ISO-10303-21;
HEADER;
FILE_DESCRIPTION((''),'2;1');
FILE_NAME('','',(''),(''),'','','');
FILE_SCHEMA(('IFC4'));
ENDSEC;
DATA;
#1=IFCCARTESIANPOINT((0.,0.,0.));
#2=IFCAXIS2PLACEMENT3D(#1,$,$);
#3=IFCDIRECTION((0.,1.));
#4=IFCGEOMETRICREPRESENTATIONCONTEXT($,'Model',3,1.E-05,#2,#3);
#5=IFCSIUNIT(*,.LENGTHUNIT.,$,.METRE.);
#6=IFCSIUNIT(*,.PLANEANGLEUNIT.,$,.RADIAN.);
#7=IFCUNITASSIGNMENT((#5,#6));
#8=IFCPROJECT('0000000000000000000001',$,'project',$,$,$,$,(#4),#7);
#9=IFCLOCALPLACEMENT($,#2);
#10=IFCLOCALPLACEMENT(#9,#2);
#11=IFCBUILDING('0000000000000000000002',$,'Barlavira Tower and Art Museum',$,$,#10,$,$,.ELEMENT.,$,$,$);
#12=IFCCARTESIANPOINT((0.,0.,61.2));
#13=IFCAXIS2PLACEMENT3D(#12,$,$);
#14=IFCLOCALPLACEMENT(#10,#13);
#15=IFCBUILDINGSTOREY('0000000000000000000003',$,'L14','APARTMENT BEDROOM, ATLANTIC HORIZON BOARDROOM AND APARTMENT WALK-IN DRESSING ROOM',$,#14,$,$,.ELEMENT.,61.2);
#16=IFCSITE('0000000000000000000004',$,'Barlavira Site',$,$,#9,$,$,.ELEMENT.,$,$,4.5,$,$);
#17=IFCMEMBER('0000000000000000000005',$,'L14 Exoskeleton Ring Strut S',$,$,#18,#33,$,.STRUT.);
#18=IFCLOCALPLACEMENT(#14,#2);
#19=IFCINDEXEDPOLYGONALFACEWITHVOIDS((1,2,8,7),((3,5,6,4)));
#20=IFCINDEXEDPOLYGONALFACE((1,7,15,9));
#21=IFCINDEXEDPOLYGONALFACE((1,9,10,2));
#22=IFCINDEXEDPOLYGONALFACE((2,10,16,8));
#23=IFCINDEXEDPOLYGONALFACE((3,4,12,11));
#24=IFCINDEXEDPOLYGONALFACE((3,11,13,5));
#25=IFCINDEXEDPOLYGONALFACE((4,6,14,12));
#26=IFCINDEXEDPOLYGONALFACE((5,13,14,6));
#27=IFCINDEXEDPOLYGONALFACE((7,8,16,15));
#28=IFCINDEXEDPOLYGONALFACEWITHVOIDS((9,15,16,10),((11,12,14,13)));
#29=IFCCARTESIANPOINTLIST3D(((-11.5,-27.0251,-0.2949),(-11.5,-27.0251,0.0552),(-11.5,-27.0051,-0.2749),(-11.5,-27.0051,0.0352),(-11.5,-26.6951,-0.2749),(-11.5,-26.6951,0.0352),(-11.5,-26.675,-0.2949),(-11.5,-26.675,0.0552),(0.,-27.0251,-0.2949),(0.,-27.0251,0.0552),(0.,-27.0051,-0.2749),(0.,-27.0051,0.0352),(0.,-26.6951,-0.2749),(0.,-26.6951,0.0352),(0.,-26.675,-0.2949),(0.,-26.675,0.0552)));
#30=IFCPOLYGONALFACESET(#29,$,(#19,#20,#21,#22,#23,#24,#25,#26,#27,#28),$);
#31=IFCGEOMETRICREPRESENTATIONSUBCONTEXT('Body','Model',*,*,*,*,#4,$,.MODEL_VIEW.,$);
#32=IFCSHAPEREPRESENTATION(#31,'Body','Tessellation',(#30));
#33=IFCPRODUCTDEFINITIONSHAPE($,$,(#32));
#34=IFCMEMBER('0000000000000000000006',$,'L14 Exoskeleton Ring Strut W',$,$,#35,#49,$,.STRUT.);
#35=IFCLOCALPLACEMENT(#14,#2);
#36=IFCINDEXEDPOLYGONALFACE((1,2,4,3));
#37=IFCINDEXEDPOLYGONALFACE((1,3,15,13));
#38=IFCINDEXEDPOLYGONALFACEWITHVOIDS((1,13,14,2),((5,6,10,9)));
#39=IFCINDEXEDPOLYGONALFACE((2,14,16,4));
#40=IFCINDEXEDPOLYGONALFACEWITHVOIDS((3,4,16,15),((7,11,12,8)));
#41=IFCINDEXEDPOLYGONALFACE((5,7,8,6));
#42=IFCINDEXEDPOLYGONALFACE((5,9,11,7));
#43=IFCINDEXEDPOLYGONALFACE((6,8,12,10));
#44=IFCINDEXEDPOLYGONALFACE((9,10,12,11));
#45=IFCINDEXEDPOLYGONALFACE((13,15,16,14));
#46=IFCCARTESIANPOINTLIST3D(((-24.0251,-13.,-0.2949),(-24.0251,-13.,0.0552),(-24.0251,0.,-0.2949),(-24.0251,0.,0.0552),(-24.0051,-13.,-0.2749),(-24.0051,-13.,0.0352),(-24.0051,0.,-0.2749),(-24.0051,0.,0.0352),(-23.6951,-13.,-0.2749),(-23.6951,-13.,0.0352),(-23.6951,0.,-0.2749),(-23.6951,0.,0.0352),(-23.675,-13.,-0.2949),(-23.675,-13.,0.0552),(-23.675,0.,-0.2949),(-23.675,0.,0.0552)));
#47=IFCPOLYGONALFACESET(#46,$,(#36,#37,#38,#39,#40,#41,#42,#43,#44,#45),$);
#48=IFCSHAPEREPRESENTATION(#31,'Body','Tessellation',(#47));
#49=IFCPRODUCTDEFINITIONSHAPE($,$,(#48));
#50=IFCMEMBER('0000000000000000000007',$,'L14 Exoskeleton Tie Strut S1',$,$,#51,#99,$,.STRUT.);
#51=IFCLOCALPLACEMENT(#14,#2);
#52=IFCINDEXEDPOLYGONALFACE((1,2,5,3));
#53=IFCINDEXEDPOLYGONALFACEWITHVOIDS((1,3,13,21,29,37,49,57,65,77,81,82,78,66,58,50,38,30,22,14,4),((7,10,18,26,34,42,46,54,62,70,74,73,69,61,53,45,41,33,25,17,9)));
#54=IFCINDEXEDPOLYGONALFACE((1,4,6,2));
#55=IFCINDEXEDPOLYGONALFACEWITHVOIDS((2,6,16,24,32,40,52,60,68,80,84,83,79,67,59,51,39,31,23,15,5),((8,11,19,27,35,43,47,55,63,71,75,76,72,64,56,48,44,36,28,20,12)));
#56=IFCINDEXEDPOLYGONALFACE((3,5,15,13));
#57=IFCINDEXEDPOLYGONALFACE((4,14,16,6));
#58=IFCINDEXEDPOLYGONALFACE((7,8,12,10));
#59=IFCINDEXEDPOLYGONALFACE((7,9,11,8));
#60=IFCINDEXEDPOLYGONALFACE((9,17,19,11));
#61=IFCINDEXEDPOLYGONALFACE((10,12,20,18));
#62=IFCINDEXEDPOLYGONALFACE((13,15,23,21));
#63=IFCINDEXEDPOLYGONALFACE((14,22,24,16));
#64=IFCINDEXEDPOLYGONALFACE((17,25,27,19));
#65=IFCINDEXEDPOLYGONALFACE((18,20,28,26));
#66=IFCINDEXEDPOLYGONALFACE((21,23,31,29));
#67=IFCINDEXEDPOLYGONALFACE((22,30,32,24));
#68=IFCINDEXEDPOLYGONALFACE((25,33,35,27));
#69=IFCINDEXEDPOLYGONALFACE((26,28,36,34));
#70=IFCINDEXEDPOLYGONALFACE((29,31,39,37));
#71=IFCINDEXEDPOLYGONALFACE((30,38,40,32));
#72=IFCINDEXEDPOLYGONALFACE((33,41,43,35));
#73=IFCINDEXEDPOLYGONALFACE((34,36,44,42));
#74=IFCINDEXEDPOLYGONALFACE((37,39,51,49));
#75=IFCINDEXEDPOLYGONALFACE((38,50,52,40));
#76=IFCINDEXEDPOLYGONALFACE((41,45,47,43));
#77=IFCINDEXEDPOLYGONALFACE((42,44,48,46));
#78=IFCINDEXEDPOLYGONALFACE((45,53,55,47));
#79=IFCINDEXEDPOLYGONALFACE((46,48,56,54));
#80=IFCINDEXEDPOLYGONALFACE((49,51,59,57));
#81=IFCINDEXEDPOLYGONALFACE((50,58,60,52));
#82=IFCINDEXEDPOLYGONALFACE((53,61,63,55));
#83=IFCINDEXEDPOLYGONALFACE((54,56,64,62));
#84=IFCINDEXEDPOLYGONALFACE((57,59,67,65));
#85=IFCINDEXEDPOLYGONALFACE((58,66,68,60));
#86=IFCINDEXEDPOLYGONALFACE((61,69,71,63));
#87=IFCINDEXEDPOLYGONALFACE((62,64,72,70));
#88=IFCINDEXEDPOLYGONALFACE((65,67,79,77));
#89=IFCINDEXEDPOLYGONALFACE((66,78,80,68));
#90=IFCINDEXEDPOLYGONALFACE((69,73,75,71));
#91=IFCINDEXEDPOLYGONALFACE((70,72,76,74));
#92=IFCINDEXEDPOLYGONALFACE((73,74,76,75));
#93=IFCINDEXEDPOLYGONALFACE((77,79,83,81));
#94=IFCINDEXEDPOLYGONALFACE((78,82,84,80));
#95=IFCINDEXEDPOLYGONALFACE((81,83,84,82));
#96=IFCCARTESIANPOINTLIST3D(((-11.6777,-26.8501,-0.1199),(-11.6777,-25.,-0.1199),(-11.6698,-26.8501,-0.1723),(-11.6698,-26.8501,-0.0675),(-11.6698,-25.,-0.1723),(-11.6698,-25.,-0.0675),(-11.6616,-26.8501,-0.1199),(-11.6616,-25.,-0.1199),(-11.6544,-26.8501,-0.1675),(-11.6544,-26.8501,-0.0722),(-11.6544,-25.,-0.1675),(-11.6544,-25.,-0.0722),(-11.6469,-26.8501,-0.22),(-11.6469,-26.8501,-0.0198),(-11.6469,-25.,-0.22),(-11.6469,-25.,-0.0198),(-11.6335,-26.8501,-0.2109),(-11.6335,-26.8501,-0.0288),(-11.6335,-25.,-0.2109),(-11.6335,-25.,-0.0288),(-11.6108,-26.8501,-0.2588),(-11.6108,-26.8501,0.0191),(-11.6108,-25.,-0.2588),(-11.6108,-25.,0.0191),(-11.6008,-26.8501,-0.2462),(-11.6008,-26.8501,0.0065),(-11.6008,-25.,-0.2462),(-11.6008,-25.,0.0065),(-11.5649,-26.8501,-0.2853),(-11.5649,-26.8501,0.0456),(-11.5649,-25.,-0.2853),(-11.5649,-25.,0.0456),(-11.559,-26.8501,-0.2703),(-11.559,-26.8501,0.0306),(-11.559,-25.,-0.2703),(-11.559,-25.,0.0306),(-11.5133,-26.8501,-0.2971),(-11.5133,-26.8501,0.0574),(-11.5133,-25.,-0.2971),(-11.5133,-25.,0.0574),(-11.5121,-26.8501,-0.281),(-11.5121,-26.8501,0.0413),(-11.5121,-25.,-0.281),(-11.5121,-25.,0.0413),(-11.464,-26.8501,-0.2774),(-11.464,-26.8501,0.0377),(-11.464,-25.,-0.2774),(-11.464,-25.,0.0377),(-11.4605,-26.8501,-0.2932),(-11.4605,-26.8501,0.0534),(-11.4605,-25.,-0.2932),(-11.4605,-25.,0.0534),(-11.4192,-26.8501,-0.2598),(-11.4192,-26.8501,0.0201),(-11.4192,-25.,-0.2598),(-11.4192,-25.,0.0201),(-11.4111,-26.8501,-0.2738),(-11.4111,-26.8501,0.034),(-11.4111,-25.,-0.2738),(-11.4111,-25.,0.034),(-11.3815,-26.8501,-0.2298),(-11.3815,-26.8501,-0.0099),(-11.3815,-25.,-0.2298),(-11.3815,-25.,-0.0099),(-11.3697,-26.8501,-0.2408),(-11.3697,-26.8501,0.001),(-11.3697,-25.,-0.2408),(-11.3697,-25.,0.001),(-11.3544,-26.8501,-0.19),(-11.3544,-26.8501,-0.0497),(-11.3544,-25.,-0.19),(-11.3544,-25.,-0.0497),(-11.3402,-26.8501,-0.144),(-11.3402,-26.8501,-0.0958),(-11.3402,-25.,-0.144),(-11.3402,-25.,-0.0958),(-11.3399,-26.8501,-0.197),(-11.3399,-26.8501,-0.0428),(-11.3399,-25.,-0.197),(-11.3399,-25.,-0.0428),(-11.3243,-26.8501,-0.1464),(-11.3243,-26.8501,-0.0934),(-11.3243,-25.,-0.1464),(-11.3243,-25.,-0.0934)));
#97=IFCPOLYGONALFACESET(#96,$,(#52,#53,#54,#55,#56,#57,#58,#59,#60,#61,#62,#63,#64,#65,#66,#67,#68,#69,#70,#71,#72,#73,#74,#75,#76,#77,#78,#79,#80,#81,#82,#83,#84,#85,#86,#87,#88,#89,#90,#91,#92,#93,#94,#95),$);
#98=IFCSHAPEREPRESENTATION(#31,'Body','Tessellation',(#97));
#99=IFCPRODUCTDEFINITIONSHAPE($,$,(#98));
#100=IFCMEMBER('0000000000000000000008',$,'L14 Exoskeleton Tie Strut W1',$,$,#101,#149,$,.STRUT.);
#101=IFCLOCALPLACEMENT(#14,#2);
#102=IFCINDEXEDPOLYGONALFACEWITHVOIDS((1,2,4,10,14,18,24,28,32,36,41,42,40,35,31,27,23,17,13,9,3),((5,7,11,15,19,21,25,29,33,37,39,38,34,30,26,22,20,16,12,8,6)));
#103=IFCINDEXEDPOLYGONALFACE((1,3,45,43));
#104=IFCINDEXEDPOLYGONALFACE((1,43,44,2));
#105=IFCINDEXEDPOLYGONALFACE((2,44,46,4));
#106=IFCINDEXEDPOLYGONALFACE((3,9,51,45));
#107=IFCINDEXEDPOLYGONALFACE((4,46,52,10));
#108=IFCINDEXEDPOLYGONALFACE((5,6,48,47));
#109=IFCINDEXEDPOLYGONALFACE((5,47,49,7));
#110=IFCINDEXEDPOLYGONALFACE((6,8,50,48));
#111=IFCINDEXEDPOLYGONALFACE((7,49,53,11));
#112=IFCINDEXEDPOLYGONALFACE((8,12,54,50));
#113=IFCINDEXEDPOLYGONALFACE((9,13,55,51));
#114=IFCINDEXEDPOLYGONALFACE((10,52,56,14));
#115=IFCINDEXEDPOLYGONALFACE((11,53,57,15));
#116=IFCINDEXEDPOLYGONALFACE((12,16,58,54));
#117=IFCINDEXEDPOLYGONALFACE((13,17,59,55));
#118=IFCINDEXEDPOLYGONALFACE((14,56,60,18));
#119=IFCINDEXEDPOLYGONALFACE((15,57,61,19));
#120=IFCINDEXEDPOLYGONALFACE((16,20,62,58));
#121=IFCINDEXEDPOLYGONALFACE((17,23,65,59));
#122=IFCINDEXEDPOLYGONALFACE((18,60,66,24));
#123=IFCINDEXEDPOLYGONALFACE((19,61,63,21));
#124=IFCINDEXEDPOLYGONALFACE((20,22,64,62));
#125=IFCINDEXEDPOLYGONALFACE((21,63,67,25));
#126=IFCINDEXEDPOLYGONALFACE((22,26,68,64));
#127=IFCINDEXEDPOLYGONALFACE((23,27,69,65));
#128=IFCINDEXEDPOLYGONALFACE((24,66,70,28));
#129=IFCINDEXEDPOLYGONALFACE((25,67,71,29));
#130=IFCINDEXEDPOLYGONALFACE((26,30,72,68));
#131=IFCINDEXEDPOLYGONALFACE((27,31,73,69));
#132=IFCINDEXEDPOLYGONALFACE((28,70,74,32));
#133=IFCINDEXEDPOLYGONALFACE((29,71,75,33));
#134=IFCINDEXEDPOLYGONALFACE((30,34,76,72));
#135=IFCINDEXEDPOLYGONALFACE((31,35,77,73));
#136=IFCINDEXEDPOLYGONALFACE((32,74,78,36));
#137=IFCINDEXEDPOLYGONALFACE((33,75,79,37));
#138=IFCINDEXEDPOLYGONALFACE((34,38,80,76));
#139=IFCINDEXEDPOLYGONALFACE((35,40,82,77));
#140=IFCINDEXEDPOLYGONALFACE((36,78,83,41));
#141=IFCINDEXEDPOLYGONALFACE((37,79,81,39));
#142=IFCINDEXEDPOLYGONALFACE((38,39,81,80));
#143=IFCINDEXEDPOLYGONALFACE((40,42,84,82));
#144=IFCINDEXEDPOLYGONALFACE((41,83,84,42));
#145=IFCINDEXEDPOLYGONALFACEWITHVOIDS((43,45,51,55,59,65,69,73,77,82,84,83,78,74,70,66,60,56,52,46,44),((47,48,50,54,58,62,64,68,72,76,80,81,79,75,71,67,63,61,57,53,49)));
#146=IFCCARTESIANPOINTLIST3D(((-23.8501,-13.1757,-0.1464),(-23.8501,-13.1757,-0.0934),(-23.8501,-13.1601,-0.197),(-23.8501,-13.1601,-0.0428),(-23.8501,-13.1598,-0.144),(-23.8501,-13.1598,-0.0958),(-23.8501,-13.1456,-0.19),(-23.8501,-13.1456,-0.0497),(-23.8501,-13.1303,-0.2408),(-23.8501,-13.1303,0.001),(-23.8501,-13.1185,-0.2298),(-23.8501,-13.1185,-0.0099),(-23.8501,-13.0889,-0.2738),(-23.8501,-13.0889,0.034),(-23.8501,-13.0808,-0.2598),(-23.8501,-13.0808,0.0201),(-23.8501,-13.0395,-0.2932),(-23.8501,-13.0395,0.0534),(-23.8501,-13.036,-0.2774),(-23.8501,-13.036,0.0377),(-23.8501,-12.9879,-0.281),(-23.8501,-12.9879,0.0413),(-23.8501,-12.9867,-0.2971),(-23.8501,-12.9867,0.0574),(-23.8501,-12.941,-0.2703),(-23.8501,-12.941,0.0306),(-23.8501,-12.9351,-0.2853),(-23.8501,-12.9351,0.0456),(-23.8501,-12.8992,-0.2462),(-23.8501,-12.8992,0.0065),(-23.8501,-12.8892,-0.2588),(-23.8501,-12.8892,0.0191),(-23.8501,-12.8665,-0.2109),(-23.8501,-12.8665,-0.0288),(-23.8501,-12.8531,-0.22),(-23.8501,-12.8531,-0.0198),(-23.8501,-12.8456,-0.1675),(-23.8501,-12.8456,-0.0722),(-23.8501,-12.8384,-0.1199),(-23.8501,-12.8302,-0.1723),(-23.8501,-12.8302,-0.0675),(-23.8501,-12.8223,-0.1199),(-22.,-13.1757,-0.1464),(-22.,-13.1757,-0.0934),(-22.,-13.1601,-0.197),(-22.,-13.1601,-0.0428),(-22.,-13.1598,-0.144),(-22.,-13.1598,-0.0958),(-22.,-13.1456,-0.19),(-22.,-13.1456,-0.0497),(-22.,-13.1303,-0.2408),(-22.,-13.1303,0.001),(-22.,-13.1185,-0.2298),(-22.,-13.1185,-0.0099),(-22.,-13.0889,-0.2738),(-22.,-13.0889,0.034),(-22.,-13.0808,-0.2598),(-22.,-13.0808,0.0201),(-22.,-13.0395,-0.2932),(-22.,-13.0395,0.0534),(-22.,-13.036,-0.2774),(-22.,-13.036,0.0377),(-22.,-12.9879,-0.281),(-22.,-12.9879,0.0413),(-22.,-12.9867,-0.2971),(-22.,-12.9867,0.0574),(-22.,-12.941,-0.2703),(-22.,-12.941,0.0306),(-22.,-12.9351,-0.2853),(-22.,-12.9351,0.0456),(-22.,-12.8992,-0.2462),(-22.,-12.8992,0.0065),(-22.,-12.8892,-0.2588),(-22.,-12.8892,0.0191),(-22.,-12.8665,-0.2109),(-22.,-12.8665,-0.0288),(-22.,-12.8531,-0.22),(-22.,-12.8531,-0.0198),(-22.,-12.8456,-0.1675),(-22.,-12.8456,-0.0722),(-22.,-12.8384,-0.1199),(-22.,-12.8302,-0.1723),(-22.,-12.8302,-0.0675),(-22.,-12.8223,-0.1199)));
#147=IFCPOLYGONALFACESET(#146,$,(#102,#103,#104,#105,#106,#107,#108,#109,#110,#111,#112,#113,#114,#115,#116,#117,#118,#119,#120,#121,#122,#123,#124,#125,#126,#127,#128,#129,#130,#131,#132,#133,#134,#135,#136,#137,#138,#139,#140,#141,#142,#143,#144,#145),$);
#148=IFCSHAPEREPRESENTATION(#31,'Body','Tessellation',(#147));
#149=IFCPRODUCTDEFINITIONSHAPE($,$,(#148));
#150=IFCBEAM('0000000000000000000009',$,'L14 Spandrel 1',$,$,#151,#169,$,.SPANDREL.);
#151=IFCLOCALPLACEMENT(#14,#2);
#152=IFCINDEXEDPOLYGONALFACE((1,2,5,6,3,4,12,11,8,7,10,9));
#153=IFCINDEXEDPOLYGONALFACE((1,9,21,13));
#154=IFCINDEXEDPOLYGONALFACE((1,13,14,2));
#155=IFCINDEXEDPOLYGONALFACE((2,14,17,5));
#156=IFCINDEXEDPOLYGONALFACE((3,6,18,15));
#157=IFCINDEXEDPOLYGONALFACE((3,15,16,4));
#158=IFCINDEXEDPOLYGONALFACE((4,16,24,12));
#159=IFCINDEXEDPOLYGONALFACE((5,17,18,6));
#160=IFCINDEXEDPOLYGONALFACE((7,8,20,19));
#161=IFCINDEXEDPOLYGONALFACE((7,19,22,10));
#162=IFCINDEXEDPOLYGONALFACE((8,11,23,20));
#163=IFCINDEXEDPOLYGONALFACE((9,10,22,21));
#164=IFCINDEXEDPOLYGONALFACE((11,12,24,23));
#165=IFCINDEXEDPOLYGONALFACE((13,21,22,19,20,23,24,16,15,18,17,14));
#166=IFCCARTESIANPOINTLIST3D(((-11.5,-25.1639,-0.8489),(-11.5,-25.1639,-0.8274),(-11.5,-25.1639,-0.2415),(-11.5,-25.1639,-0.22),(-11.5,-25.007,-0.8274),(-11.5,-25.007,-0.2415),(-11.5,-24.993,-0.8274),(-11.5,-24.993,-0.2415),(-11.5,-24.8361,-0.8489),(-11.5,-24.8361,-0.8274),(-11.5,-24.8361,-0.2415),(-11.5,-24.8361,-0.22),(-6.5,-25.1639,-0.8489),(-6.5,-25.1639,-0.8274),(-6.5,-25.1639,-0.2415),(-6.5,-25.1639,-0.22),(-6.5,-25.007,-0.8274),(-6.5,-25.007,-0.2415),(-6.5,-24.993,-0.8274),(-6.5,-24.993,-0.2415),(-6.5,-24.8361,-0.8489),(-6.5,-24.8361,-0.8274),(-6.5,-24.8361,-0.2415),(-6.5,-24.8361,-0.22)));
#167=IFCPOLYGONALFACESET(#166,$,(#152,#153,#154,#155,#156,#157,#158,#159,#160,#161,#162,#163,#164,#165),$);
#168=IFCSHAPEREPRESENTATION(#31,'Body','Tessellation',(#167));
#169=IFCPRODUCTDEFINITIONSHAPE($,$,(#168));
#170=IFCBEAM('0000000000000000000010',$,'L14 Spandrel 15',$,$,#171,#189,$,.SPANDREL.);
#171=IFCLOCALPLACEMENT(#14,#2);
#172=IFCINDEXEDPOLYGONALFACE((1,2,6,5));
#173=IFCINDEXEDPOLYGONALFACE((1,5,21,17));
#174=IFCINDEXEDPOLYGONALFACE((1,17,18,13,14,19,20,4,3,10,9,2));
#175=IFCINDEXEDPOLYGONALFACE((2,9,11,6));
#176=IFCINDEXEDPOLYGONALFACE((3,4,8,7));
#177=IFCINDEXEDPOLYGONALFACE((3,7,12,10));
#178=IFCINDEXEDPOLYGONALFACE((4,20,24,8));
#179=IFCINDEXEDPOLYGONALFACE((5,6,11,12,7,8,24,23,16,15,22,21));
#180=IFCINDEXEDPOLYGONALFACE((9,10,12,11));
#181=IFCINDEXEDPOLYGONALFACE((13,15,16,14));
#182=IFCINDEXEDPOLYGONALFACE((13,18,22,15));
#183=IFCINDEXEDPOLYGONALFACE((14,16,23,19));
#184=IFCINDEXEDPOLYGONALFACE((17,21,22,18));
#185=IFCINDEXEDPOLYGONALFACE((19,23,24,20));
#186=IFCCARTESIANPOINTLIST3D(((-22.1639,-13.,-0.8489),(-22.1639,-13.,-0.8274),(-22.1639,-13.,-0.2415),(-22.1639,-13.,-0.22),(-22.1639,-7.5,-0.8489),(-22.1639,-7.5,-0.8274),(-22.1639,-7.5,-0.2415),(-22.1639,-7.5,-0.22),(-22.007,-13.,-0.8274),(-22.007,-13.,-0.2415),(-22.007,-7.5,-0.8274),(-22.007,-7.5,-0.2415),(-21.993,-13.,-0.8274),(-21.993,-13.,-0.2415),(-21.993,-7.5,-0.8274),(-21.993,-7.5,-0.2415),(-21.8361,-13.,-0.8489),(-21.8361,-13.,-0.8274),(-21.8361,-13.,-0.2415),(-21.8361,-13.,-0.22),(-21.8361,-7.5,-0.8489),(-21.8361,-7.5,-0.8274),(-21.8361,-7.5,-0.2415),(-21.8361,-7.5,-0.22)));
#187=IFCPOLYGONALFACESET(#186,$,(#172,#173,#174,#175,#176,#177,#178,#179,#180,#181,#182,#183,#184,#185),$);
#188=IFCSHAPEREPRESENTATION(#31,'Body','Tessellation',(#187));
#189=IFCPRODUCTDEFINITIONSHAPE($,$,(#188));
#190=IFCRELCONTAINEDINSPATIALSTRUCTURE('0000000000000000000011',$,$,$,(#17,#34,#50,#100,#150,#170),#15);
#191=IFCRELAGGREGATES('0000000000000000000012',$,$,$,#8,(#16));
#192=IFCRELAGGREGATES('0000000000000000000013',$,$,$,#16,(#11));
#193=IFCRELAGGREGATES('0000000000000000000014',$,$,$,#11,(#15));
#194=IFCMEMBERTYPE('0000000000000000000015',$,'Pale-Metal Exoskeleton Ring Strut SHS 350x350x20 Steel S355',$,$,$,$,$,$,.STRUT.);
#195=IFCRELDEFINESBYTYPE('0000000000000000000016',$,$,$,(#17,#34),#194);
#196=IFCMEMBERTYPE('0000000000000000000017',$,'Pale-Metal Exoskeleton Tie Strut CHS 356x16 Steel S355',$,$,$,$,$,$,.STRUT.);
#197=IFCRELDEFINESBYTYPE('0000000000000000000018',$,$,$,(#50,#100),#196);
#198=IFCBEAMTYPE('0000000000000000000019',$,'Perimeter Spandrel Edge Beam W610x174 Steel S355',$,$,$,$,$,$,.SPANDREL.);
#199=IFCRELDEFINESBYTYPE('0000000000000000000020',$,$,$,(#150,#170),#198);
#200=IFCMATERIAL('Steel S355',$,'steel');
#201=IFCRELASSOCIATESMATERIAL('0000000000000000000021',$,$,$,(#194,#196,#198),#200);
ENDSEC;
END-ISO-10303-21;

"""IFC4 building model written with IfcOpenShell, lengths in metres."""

from ifc_helpers import new_model, si_unit, direction, frame, origin, origin_2d, place, context, subcontext, project, spatial, hollow_rectangle, hollow_circle, i_section, extrude, material, material_profile, profile_set, type_object, element, save


model = new_model("IFC4")

# Units and contexts
model_context = context("Model", 3, precision=1e-05, world=origin(), true_north=direction((0.0, 1.0)))
body_context = subcontext(model_context, "Body", "Model", "MODEL_VIEW")
ifc_project = project(units=[si_unit("LENGTHUNIT", "METRE"), si_unit("PLANEANGLEUNIT", "RADIAN")], contexts=[model_context])

# Site, building, storey
site_placement = place(None, origin())
site = spatial("IfcSite", under=ifc_project, at=site_placement, Name="Barlavira Site", CompositionType="ELEMENT", RefElevation=4.5)
building_placement = place(site_placement, origin())
building = spatial("IfcBuilding", under=site, at=building_placement, Name="Barlavira Tower and Art Museum", CompositionType="ELEMENT")
storey_placement = place(building_placement, frame((0.0, 0.0, 61.2)))
storey = spatial("IfcBuildingStorey", under=building, at=storey_placement, Name="L14", Description="APARTMENT BEDROOM, ATLANTIC HORIZON BOARDROOM AND APARTMENT WALK-IN DRESSING ROOM", CompositionType="ELEMENT", Elevation=61.2)

# Members
ifc_material_1 = material(Name="Steel S355", Category="steel")
ifc_material_profile_1 = material_profile(ifc_material_1, hollow_rectangle(XDim=0.3501, YDim=0.3501, WallThickness=0.02, at=origin_2d()), Name="SHS 350x350x20.0")
ifc_profile_set_1 = profile_set([ifc_material_profile_1], Name="Steel S355")
member_type_1 = type_object("IfcMemberType", Name="Pale-Metal Exoskeleton Ring Strut SHS 350x350x20 Steel S355", PredefinedType="STRUT", material=ifc_profile_set_1)
member_1_placement = place(storey_placement, frame((-11.5, -26.8501, -0.1199), z_axis=(1.0, 0.0, 0.0), x_axis=(0.0, 1.0, 0.0)))
element("IfcMember", 1, at=member_1_placement, inside=storey, type_object=member_type_1, Name="L14 Exoskeleton Ring Strut S", PredefinedType="STRUT", context=body_context, shape_type="SweptSolid", body=[
    extrude(hollow_rectangle(XDim=0.3501, YDim=0.3501, WallThickness=0.02, at=origin_2d()), origin(), (0.0, 0.0, 1.0), 11.5),
])
member_2_placement = place(storey_placement, frame((-23.8501, -13.0, -0.1199), z_axis=(0.0, 1.0, 0.0), x_axis=(-1.0, 0.0, 0.0)))
element("IfcMember", 2, at=member_2_placement, inside=storey, type_object=member_type_1, Name="L14 Exoskeleton Ring Strut W", PredefinedType="STRUT", context=body_context, shape_type="SweptSolid", body=[
    extrude(hollow_rectangle(XDim=0.3501, YDim=0.3501, WallThickness=0.02, at=origin_2d()), origin(), (0.0, 0.0, 1.0), 13.0),
])
ifc_material_profile_2 = material_profile(ifc_material_1, hollow_circle(Radius=0.1777, WallThickness=0.0161, at=origin_2d()), Name="CHS 355.6x16.0")
ifc_profile_set_2 = profile_set([ifc_material_profile_2], Name="Steel S355")
member_type_2 = type_object("IfcMemberType", Name="Pale-Metal Exoskeleton Tie Strut CHS 356x16 Steel S355", PredefinedType="STRUT", material=ifc_profile_set_2)
for number, where, z_axis, x_axis, name in (
    (3, (-11.5, -26.8501, -0.1199), (0.0, 1.0, 0.0), (-1.0, 0.0, 0.0), "L14 Exoskeleton Tie Strut S1"),
    (4, (-23.8501, -13.0, -0.1199), (1.0, 0.0, 0.0), (0.0, 1.0, 0.0), "L14 Exoskeleton Tie Strut W1"),
):
    element("IfcMember", number, at=place(storey_placement, frame(where, z_axis=z_axis, x_axis=x_axis)), inside=storey, type_object=member_type_2, Name=name, PredefinedType="STRUT", context=body_context, shape_type="SweptSolid", body=[
        extrude(hollow_circle(Radius=0.1777, WallThickness=0.0161, at=origin_2d()), origin(), (0.0, 0.0, 1.0), 1.8501),
    ])

# Beams
ifc_material_profile_3 = material_profile(ifc_material_1, i_section(OverallWidth=0.3279, OverallDepth=0.6289, WebThickness=0.0139, FlangeThickness=0.0215, at=origin_2d()), Name="W610x174.0")
ifc_profile_set_3 = profile_set([ifc_material_profile_3], Name="Steel S355")
beam_type_1 = type_object("IfcBeamType", Name="Perimeter Spandrel Edge Beam W610x174 Steel S355", PredefinedType="SPANDREL", material=ifc_profile_set_3)
beam_1_placement = place(storey_placement, frame((-11.5, -25.0, -0.5344), z_axis=(1.0, 0.0, 0.0), x_axis=(0.0, 1.0, 0.0)))
element("IfcBeam", 5, at=beam_1_placement, inside=storey, type_object=beam_type_1, Name="L14 Spandrel 1", PredefinedType="SPANDREL", context=body_context, shape_type="SweptSolid", body=[
    extrude(i_section(OverallWidth=0.3279, OverallDepth=0.6289, WebThickness=0.0139, FlangeThickness=0.0215, at=origin_2d()), origin(), (0.0, 0.0, 1.0), 5.0),
])
beam_2_placement = place(storey_placement, frame((-22.0, -13.0, -0.5344), z_axis=(0.0, 1.0, 0.0), x_axis=(-1.0, 0.0, 0.0)))
element("IfcBeam", 6, at=beam_2_placement, inside=storey, type_object=beam_type_1, Name="L14 Spandrel 15", PredefinedType="SPANDREL", context=body_context, shape_type="SweptSolid", body=[
    extrude(i_section(OverallWidth=0.3279, OverallDepth=0.6289, WebThickness=0.0139, FlangeThickness=0.0215, at=origin_2d()), origin(), (0.0, 0.0, 1.0), 5.5),
])

save(model, "model.ifc")
